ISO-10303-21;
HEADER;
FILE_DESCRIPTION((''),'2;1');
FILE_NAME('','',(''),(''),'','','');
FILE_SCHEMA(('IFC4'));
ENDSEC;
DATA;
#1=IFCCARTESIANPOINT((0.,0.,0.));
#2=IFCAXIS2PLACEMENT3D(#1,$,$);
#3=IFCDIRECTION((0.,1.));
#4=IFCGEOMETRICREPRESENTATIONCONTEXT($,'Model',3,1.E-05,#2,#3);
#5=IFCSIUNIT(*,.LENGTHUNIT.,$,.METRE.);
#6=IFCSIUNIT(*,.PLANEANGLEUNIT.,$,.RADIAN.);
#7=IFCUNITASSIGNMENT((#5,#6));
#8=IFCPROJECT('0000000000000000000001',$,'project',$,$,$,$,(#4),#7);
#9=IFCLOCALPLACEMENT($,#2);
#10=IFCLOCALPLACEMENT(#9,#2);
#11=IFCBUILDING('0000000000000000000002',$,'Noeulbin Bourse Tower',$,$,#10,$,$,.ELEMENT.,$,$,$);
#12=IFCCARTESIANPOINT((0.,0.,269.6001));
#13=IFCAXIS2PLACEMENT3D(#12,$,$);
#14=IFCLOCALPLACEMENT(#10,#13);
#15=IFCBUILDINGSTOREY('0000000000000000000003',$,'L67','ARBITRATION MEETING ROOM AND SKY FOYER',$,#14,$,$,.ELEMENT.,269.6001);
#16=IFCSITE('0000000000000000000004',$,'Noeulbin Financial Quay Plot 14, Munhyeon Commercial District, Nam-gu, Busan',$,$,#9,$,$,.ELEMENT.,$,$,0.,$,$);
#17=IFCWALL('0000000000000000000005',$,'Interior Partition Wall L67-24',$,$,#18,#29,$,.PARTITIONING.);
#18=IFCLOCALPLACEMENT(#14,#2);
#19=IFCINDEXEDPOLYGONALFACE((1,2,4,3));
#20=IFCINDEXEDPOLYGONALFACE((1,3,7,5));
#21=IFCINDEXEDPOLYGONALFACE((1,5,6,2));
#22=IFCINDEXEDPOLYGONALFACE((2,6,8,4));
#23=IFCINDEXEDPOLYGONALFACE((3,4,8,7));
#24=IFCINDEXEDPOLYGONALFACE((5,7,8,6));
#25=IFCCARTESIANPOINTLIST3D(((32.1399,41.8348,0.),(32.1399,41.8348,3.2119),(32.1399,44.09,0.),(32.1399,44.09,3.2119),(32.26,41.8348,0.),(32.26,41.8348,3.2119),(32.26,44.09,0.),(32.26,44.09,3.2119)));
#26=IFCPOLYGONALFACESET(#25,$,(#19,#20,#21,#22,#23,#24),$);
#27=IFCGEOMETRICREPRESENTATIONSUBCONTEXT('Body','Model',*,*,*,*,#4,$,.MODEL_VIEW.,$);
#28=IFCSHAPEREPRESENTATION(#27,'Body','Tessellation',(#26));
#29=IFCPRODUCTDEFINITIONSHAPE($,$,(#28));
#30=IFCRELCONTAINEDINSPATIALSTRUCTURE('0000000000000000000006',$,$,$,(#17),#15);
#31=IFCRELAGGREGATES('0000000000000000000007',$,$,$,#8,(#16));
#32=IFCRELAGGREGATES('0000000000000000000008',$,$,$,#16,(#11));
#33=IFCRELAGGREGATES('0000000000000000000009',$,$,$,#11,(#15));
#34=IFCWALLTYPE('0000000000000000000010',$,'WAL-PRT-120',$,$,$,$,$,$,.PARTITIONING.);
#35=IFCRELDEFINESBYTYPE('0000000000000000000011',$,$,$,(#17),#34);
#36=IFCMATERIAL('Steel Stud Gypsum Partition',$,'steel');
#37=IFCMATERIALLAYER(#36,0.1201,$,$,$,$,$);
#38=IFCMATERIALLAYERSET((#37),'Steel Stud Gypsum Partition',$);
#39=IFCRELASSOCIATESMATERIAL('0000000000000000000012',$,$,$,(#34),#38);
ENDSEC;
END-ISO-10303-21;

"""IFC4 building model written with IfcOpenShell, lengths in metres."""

from ifc_helpers import new_model, si_unit, direction, frame, frame_2d, origin, place, context, subcontext, project, spatial, rectangle, extrude, material, layer, layer_set, type_object, element, save


model = new_model("IFC4")

# Units and contexts
model_context = context("Model", 3, precision=1e-05, world=origin(), true_north=direction((0.0, 1.0)))
body_context = subcontext(model_context, "Body", "Model", "MODEL_VIEW")
ifc_project = project(units=[si_unit("LENGTHUNIT", "METRE"), si_unit("PLANEANGLEUNIT", "RADIAN")], contexts=[model_context])

# Site, building, storey
site_placement = place(None, origin())
site = spatial("IfcSite", under=ifc_project, at=site_placement, Name="Noeulbin Financial Quay Plot 14, Munhyeon Commercial District, Nam-gu, Busan", CompositionType="ELEMENT", RefElevation=0.0)
building_placement = place(site_placement, origin())
building = spatial("IfcBuilding", under=site, at=building_placement, Name="Noeulbin Bourse Tower", CompositionType="ELEMENT")
storey_placement = place(building_placement, frame((0.0, 0.0, 269.6001)))
storey = spatial("IfcBuildingStorey", under=building, at=storey_placement, Name="L67", Description="ARBITRATION MEETING ROOM AND SKY FOYER", CompositionType="ELEMENT", Elevation=269.6001)

# Wall
ifc_material_1 = material(Name="Steel Stud Gypsum Partition", Category="steel")
ifc_layer_1 = layer(ifc_material_1, 0.1201)
ifc_layer_set_1 = layer_set([ifc_layer_1], Name="Steel Stud Gypsum Partition")
wall_type = type_object("IfcWallType", Name="WAL-PRT-120", PredefinedType="PARTITIONING", material=ifc_layer_set_1)
wall_1_placement = place(storey_placement, frame((32.2, 41.835, 0.0), z_axis=(0.0, 0.0, 1.0), x_axis=(0.0, 1.0, 0.0)))
element("IfcWall", 1, at=wall_1_placement, inside=storey, type_object=wall_type, Name="Interior Partition Wall L67-24", PredefinedType="PARTITIONING", context=body_context, shape_type="SweptSolid", body=[
    extrude(rectangle(XDim=2.2551, YDim=0.1201, at=frame_2d((1.1274, 0.0))), origin(), (0.0, 0.0, 1.0), 3.2119),
])

save(model, "model.ifc")
